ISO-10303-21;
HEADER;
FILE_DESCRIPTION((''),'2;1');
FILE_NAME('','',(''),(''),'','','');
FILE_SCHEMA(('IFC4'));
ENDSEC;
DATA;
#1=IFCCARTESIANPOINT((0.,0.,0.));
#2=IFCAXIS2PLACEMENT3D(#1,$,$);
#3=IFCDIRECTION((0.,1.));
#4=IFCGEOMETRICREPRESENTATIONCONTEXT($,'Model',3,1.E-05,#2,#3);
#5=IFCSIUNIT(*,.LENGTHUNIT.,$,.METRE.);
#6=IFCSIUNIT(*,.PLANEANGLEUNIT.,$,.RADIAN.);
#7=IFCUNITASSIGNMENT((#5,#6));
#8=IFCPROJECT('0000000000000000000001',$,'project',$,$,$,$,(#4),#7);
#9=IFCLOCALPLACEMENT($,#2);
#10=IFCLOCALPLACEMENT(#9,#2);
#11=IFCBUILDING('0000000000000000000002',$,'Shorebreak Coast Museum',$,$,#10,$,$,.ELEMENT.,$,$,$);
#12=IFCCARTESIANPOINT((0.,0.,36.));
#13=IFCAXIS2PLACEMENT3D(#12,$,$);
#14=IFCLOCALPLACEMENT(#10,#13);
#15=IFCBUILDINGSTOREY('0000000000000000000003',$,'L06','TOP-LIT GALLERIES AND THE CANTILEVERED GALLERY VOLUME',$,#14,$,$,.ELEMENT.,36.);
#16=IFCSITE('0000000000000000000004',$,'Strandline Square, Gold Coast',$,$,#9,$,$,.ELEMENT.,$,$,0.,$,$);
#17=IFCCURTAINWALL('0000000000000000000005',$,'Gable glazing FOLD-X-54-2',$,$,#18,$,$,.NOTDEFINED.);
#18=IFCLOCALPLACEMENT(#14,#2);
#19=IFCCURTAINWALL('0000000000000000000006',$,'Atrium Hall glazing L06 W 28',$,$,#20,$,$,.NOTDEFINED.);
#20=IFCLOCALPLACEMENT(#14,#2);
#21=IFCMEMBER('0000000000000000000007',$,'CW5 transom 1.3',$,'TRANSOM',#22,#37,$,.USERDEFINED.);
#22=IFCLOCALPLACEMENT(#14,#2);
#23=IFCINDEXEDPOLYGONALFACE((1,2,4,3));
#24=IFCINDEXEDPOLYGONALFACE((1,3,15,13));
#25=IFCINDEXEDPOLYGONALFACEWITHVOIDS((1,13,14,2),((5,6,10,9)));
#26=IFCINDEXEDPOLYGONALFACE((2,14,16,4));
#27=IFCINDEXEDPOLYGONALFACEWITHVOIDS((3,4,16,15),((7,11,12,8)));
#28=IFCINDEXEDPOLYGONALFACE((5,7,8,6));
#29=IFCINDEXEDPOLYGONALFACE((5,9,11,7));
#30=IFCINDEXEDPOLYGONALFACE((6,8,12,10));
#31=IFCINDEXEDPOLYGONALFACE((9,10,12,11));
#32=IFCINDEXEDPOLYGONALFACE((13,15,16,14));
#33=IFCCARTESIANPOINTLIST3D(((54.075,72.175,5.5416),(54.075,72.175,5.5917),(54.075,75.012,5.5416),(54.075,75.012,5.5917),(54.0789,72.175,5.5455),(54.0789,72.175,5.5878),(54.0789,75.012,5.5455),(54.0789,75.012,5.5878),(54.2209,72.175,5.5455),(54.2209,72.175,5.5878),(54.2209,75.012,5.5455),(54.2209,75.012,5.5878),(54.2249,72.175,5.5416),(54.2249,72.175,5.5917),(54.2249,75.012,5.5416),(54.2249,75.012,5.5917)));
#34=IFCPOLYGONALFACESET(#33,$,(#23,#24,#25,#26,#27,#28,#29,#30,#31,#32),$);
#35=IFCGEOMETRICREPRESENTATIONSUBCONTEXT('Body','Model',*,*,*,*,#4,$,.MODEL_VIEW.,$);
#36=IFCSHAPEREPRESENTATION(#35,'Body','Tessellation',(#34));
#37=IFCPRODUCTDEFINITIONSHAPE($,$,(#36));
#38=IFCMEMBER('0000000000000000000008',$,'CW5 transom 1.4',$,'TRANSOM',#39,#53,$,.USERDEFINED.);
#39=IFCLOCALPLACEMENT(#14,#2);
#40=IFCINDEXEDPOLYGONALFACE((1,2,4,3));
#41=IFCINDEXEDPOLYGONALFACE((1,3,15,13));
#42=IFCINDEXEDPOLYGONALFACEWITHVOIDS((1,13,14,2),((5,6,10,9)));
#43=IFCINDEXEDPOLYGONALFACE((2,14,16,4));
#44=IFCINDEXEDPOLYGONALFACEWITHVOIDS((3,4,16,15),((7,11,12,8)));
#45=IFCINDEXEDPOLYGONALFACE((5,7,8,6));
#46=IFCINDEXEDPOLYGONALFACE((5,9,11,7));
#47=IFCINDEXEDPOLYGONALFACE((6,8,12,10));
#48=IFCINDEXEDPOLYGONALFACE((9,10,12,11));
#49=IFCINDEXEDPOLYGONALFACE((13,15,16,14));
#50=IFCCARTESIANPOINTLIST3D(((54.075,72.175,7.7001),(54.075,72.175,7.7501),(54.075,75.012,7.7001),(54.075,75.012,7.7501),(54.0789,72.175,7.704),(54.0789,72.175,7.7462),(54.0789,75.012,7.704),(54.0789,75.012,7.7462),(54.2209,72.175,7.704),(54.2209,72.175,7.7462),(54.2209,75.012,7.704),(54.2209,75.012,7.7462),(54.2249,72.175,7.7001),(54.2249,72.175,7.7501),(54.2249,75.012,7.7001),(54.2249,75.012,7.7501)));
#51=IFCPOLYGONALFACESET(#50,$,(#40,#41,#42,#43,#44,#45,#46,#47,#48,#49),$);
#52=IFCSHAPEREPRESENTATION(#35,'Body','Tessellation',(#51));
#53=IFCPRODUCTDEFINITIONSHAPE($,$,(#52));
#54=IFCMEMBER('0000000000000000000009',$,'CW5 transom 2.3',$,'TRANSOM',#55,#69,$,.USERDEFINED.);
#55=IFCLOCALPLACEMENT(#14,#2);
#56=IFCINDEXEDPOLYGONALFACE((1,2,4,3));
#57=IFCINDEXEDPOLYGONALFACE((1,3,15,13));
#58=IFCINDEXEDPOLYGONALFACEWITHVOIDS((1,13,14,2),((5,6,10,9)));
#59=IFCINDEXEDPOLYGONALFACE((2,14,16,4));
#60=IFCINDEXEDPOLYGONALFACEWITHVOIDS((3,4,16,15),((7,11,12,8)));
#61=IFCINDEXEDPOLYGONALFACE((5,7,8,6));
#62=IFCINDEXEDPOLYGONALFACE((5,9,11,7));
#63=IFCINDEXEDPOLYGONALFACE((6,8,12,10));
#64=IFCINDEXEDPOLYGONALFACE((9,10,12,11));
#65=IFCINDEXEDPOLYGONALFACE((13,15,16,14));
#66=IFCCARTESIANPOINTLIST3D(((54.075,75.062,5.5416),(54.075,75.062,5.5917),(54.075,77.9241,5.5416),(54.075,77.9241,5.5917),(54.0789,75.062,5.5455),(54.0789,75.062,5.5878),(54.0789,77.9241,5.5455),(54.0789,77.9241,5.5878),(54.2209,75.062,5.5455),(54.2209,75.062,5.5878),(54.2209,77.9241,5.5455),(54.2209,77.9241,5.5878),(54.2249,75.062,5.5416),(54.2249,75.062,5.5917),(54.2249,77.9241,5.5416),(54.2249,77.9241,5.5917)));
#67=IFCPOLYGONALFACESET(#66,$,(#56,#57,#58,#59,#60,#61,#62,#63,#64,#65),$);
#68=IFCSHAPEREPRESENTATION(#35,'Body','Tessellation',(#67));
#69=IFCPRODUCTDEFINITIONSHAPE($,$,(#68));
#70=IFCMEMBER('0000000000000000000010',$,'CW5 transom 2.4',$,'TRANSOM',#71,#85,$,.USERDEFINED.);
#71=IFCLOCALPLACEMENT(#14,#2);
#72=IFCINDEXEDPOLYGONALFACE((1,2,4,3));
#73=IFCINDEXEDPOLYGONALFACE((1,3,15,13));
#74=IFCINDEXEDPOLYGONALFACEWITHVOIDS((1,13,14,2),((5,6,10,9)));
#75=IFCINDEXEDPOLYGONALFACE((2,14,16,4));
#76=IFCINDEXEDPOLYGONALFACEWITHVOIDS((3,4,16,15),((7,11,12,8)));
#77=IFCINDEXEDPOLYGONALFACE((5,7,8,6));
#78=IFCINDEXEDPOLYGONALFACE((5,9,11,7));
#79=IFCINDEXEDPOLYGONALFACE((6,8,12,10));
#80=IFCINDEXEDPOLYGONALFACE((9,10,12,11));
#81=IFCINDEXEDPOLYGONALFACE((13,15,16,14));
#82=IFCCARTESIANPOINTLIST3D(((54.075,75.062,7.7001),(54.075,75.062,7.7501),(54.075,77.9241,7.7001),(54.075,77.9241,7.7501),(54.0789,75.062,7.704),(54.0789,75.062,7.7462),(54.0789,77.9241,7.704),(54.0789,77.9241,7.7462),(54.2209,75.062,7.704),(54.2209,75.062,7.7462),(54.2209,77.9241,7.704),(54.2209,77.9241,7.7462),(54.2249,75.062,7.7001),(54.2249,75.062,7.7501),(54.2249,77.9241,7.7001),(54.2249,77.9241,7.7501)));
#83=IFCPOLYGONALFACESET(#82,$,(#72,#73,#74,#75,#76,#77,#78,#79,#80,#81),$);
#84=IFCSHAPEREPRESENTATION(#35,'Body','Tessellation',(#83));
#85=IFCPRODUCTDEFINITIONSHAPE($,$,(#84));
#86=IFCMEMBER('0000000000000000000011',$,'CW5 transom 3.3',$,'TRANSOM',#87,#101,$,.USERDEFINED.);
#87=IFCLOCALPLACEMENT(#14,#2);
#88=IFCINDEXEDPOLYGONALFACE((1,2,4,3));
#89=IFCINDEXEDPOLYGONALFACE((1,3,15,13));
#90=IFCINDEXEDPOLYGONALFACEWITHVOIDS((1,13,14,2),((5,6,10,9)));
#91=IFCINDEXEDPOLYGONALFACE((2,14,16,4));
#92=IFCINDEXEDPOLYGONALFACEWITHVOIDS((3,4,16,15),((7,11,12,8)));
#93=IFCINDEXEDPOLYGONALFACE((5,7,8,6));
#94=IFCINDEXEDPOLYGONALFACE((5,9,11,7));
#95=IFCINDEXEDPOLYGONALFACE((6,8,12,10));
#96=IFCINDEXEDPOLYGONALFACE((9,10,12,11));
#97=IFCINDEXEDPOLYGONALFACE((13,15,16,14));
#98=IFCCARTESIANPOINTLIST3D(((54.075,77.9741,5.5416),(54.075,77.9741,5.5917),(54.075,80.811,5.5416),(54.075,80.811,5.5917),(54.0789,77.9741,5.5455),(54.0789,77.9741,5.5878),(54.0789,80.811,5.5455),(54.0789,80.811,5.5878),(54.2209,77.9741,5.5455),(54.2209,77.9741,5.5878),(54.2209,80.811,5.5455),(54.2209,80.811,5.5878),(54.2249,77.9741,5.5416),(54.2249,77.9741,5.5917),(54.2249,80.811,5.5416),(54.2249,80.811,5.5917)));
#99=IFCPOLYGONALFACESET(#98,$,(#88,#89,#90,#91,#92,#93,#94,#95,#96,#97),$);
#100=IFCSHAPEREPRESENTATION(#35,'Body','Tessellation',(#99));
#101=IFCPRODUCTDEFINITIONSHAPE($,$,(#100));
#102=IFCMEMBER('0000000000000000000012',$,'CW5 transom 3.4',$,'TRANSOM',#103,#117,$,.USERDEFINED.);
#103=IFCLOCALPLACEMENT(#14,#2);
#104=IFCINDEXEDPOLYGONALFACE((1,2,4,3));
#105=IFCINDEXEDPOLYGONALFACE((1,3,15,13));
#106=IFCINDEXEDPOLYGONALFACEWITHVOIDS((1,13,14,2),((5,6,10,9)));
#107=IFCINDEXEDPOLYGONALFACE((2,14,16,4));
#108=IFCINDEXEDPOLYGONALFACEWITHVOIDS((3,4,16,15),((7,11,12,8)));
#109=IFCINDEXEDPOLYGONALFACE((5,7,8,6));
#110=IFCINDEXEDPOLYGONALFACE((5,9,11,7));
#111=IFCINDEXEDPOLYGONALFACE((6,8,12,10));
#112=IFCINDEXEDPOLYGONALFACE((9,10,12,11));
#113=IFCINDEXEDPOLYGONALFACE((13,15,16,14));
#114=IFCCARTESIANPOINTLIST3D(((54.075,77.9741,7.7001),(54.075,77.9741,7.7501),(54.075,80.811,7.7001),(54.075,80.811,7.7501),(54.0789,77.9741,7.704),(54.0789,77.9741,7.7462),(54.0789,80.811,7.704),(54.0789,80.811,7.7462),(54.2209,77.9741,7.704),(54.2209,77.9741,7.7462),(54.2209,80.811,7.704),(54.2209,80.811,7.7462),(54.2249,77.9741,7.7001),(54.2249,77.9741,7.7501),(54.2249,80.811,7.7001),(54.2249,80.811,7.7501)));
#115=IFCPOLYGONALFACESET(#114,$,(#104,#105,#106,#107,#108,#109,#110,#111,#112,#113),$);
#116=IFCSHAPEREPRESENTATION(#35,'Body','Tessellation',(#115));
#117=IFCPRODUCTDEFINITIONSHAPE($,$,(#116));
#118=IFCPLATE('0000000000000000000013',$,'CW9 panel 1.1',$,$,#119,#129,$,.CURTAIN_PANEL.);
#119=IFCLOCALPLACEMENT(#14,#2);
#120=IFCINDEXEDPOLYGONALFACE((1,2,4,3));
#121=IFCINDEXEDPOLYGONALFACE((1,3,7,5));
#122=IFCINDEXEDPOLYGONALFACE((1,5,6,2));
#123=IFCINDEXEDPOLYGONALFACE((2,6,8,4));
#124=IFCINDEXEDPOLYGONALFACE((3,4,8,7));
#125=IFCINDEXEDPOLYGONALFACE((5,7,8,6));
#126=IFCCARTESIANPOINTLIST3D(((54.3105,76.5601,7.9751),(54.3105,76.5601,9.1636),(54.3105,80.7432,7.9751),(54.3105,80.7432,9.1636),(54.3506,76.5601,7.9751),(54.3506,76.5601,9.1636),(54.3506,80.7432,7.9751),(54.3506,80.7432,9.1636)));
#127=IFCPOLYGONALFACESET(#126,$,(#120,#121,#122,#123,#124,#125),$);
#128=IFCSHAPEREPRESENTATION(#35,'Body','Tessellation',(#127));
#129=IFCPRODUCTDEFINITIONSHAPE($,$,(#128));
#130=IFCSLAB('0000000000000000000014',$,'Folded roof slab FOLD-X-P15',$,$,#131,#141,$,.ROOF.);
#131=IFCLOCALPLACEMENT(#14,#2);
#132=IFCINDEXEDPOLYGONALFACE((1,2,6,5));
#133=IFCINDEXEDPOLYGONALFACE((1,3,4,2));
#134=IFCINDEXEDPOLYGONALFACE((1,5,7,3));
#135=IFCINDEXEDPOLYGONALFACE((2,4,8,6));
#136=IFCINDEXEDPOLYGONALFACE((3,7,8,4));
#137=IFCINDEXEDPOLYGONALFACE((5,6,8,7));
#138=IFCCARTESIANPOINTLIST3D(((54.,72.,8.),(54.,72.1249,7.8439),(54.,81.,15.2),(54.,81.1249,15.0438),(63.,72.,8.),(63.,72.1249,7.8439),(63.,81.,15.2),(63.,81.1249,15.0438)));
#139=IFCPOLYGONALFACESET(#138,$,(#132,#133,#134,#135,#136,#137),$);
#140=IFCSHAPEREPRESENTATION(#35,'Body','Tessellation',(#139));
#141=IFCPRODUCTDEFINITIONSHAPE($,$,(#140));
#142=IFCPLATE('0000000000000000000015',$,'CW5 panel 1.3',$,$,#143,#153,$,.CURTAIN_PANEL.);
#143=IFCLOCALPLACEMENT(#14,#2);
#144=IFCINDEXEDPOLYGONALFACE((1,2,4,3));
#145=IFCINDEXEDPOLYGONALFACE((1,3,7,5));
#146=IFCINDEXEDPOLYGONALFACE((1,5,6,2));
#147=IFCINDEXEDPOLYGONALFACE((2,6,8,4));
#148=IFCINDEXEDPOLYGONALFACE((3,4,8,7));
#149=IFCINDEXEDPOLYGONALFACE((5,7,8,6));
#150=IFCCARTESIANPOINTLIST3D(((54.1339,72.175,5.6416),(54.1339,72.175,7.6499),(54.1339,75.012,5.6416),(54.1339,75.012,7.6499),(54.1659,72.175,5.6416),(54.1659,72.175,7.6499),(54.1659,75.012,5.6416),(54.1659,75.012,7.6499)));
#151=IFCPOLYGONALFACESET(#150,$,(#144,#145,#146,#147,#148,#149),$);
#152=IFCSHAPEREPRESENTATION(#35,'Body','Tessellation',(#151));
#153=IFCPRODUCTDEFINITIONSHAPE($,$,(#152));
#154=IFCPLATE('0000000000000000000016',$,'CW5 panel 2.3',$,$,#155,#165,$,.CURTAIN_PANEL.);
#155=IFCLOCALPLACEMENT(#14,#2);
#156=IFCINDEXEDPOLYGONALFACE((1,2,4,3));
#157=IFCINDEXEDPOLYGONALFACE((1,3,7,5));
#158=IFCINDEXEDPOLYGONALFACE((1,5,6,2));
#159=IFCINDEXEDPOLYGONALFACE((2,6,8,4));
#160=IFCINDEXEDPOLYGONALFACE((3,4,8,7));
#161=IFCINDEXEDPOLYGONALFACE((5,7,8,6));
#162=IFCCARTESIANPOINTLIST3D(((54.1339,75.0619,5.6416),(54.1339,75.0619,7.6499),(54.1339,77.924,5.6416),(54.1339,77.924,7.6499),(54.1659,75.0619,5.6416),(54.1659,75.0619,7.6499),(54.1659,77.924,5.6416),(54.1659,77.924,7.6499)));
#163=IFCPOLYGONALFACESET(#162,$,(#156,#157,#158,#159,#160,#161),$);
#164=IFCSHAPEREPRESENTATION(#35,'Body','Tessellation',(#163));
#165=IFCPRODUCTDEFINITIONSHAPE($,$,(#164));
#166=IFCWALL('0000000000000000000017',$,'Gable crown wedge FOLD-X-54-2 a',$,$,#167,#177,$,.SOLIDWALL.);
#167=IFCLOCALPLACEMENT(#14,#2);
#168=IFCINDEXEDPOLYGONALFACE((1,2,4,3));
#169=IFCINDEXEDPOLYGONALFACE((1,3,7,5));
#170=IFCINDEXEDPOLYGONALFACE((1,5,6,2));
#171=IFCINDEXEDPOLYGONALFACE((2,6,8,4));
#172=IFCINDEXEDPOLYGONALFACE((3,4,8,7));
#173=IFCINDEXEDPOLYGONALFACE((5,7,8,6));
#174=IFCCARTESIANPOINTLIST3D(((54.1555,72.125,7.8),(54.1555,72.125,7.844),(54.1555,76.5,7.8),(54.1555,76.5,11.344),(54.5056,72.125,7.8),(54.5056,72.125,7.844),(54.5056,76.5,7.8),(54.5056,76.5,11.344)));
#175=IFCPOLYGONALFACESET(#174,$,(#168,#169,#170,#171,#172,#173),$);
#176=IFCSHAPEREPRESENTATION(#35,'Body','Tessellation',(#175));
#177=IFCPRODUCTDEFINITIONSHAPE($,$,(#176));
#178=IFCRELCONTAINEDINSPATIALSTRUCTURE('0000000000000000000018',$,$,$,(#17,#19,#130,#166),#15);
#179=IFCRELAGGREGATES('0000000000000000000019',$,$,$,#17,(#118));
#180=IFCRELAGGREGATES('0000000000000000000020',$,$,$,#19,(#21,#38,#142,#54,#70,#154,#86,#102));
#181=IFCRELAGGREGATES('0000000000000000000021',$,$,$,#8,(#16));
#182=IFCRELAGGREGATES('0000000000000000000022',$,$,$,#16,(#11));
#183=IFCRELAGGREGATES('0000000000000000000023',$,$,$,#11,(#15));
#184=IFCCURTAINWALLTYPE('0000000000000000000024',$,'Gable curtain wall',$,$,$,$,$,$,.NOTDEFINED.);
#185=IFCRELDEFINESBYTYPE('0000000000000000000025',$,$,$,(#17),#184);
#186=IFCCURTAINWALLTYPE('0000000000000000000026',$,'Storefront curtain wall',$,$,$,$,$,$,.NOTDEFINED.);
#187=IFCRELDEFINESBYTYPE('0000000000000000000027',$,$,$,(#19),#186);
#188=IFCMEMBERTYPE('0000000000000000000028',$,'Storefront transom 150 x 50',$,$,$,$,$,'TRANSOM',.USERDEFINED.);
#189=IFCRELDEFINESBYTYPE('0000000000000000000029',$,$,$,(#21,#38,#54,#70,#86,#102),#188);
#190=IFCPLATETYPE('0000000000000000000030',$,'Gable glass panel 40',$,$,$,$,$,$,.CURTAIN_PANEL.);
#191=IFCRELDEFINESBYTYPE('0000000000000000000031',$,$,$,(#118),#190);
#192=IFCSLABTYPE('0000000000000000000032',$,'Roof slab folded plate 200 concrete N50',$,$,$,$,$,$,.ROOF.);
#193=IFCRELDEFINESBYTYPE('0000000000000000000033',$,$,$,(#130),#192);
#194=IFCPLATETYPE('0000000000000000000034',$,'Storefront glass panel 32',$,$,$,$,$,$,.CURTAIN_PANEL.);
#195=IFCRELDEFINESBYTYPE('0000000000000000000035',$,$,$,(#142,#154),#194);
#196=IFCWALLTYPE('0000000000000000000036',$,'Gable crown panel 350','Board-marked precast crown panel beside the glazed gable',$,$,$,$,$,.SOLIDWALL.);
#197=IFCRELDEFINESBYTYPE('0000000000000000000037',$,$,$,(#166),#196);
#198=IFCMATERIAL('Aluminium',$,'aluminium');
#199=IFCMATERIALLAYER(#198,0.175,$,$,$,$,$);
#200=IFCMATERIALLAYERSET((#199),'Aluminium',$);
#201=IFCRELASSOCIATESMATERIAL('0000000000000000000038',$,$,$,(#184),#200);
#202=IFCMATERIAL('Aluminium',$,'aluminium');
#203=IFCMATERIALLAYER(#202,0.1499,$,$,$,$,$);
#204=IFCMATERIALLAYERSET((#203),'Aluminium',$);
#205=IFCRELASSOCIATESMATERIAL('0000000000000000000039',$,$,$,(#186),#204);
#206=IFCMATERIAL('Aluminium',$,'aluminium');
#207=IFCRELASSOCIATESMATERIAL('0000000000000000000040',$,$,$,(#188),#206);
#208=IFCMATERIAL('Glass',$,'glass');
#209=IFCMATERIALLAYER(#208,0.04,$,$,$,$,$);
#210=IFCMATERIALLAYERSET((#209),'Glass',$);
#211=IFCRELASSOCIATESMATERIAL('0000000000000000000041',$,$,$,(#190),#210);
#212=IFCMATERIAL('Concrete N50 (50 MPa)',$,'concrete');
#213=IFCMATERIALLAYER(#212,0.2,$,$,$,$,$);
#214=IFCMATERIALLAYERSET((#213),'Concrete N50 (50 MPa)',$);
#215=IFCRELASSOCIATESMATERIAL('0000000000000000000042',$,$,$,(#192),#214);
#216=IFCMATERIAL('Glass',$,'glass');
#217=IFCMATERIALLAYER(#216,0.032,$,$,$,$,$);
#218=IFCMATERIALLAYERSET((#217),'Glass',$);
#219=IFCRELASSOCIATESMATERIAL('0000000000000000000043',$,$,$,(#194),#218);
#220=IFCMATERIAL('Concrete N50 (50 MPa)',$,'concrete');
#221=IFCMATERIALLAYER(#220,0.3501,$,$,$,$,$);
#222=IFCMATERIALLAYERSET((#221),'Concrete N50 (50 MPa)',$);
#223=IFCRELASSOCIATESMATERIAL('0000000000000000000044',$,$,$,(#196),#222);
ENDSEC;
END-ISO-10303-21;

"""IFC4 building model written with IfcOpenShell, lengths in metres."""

from ifc_helpers import new_model, si_unit, direction, frame, origin, origin_2d, place, context, subcontext, project, spatial, polyline, rectangle, hollow_rectangle, outline, extrude, material, layer, layer_set, material_profile, profile_set, type_object, element, aggregate, save


model = new_model("IFC4")

# Units and contexts
model_context = context("Model", 3, precision=1e-05, world=origin(), true_north=direction((0.0, 1.0)))
body_context = subcontext(model_context, "Body", "Model", "MODEL_VIEW")
ifc_project = project(units=[si_unit("LENGTHUNIT", "METRE"), si_unit("PLANEANGLEUNIT", "RADIAN")], contexts=[model_context])

# Site, building, storey
site_placement = place(None, origin())
site = spatial("IfcSite", under=ifc_project, at=site_placement, Name="Strandline Square, Gold Coast", CompositionType="ELEMENT", RefElevation=0.0)
building_placement = place(site_placement, origin())
building = spatial("IfcBuilding", under=site, at=building_placement, Name="Shorebreak Coast Museum", CompositionType="ELEMENT")
storey_placement = place(building_placement, frame((0.0, 0.0, 36.0)))
storey = spatial("IfcBuildingStorey", under=building, at=storey_placement, Name="L06", Description="TOP-LIT GALLERIES AND THE CANTILEVERED GALLERY VOLUME", CompositionType="ELEMENT", Elevation=36.0)

# Curtain walls, members
ifc_material_1 = material(Name="Aluminium", Category="aluminium")
ifc_layer_1 = layer(ifc_material_1, 0.175)
ifc_layer_set_1 = layer_set([ifc_layer_1], Name="Aluminium")
curtain_wall_type_1 = type_object("IfcCurtainWallType", Name="Gable curtain wall", PredefinedType="NOTDEFINED", material=ifc_layer_set_1)
curtain_wall_1_placement = place(storey_placement, origin())
curtain_wall_1 = element("IfcCurtainWall", 1, at=curtain_wall_1_placement, inside=storey, type_object=curtain_wall_type_1, Name="Gable glazing FOLD-X-54-2", PredefinedType="NOTDEFINED")
ifc_material_2 = material(Name="Aluminium", Category="aluminium")
ifc_layer_2 = layer(ifc_material_2, 0.1499)
ifc_layer_set_2 = layer_set([ifc_layer_2], Name="Aluminium")
curtain_wall_type_2 = type_object("IfcCurtainWallType", Name="Storefront curtain wall", PredefinedType="NOTDEFINED", material=ifc_layer_set_2)
curtain_wall_2_placement = place(storey_placement, origin())
curtain_wall_2 = element("IfcCurtainWall", 2, at=curtain_wall_2_placement, inside=storey, type_object=curtain_wall_type_2, Name="Atrium Hall glazing L06 W 28", PredefinedType="NOTDEFINED")
ifc_material_3 = material(Name="Aluminium", Category="aluminium")
ifc_material_profile_1 = material_profile(ifc_material_3, hollow_rectangle(XDim=0.1499, YDim=0.05, WallThickness=0.0039, at=origin_2d()), Name="AL 50x150 RHS")
ifc_profile_set_1 = profile_set([ifc_material_profile_1], Name="Aluminium")
member_type_1 = type_object("IfcMemberType", Name="Storefront transom 150 x 50", ElementType="TRANSOM", PredefinedType="USERDEFINED", material=ifc_profile_set_1)
member_1_placement = place(storey_placement, frame((54.1499, 72.175, 5.5667), z_axis=(0.0, 1.0, 0.0), x_axis=(-1.0, 0.0, 0.0)))
member_1 = element("IfcMember", 3, at=member_1_placement, type_object=member_type_1, Name="CW5 transom 1.3", ObjectType="TRANSOM", PredefinedType="USERDEFINED", context=body_context, shape_type="SweptSolid", body=[
    extrude(hollow_rectangle(XDim=0.1499, YDim=0.05, WallThickness=0.0039, at=origin_2d()), origin(), (0.0, 0.0, 1.0), 2.8369),
])
member_2_placement = place(storey_placement, frame((54.1499, 72.175, 7.7251), z_axis=(0.0, 1.0, 0.0), x_axis=(-1.0, 0.0, 0.0)))
member_2 = element("IfcMember", 4, at=member_2_placement, type_object=member_type_1, Name="CW5 transom 1.4", ObjectType="TRANSOM", PredefinedType="USERDEFINED", context=body_context, shape_type="SweptSolid", body=[
    extrude(hollow_rectangle(XDim=0.1499, YDim=0.05, WallThickness=0.0039, at=origin_2d()), origin(), (0.0, 0.0, 1.0), 2.8369),
])
member_3_placement = place(storey_placement, frame((54.1499, 75.062, 5.5667), z_axis=(0.0, 1.0, 0.0), x_axis=(-1.0, 0.0, 0.0)))
member_3 = element("IfcMember", 5, at=member_3_placement, type_object=member_type_1, Name="CW5 transom 2.3", ObjectType="TRANSOM", PredefinedType="USERDEFINED", context=body_context, shape_type="SweptSolid", body=[
    extrude(hollow_rectangle(XDim=0.1499, YDim=0.05, WallThickness=0.0039, at=origin_2d()), origin(), (0.0, 0.0, 1.0), 2.8621),
])
member_4_placement = place(storey_placement, frame((54.1499, 75.062, 7.7251), z_axis=(0.0, 1.0, 0.0), x_axis=(-1.0, 0.0, 0.0)))
member_4 = element("IfcMember", 6, at=member_4_placement, type_object=member_type_1, Name="CW5 transom 2.4", ObjectType="TRANSOM", PredefinedType="USERDEFINED", context=body_context, shape_type="SweptSolid", body=[
    extrude(hollow_rectangle(XDim=0.1499, YDim=0.05, WallThickness=0.0039, at=origin_2d()), origin(), (0.0, 0.0, 1.0), 2.8621),
])
member_5_placement = place(storey_placement, frame((54.1499, 77.9741, 5.5667), z_axis=(0.0, 1.0, 0.0), x_axis=(-1.0, 0.0, 0.0)))
member_5 = element("IfcMember", 7, at=member_5_placement, type_object=member_type_1, Name="CW5 transom 3.3", ObjectType="TRANSOM", PredefinedType="USERDEFINED", context=body_context, shape_type="SweptSolid", body=[
    extrude(hollow_rectangle(XDim=0.1499, YDim=0.05, WallThickness=0.0039, at=origin_2d()), origin(), (0.0, 0.0, 1.0), 2.8369),
])
member_6_placement = place(storey_placement, frame((54.1499, 77.9741, 7.7251), z_axis=(0.0, 1.0, 0.0), x_axis=(-1.0, 0.0, 0.0)))
member_6 = element("IfcMember", 8, at=member_6_placement, type_object=member_type_1, Name="CW5 transom 3.4", ObjectType="TRANSOM", PredefinedType="USERDEFINED", context=body_context, shape_type="SweptSolid", body=[
    extrude(hollow_rectangle(XDim=0.1499, YDim=0.05, WallThickness=0.0039, at=origin_2d()), origin(), (0.0, 0.0, 1.0), 2.8369),
])

# Plate
ifc_material_4 = material(Name="Glass", Category="glass")
ifc_layer_3 = layer(ifc_material_4, 0.04)
ifc_layer_set_3 = layer_set([ifc_layer_3], Name="Glass")
plate_type_1 = type_object("IfcPlateType", Name="Gable glass panel 40", PredefinedType="CURTAIN_PANEL", material=ifc_layer_set_3)
plate_1_placement = place(storey_placement, frame((54.3306, 78.6516, 7.9751), z_axis=(0.0, 0.0, 1.0), x_axis=(0.0, 1.0, 0.0)))
plate_1 = element("IfcPlate", 9, at=plate_1_placement, type_object=plate_type_1, Name="CW9 panel 1.1", PredefinedType="CURTAIN_PANEL", context=body_context, shape_type="SweptSolid", body=[
    extrude(rectangle(XDim=4.1831, YDim=0.04, at=origin_2d()), origin(), (0.0, 0.0, 1.0), 1.1885),
])
aggregate(curtain_wall_1, [plate_1])

# Slab
ifc_material_5 = material(Name="Concrete N50 (50 MPa)", Category="concrete")
ifc_layer_4 = layer(ifc_material_5, 0.2)
ifc_layer_set_4 = layer_set([ifc_layer_4], Name="Concrete N50 (50 MPa)")
slab_type = type_object("IfcSlabType", Name="Roof slab folded plate 200 concrete N50", PredefinedType="ROOF", material=ifc_layer_set_4)
slab_placement = place(storey_placement, frame((54.0, 72.0, 8.0), z_axis=(0.0, -0.624692, 0.780871), x_axis=(1.0, 0.0, 0.0)))
element("IfcSlab", 10, at=slab_placement, inside=storey, type_object=slab_type, Name="Folded roof slab FOLD-X-P15", PredefinedType="ROOF", context=body_context, shape_type="SweptSolid", body=[
    extrude(outline(polyline([(0.0, 0.0), (9.0, 0.0), (9.0, 11.5256), (0.0, 11.5256), (0.0, 0.0)])), origin(), (0.0, 0.0, -1.0), 0.2),
])

# Plates
ifc_material_6 = material(Name="Glass", Category="glass")
ifc_layer_5 = layer(ifc_material_6, 0.032)
ifc_layer_set_5 = layer_set([ifc_layer_5], Name="Glass")
plate_type_2 = type_object("IfcPlateType", Name="Storefront glass panel 32", PredefinedType="CURTAIN_PANEL", material=ifc_layer_set_5)
plate_2_placement = place(storey_placement, frame((54.1499, 73.5935, 5.6416), z_axis=(0.0, 0.0, 1.0), x_axis=(0.0, 1.0, 0.0)))
plate_2 = element("IfcPlate", 11, at=plate_2_placement, type_object=plate_type_2, Name="CW5 panel 1.3", PredefinedType="CURTAIN_PANEL", context=body_context, shape_type="SweptSolid", body=[
    extrude(rectangle(XDim=2.8369, YDim=0.032, at=origin_2d()), origin(), (0.0, 0.0, 1.0), 2.0083),
])
plate_3_placement = place(storey_placement, frame((54.1499, 76.4929, 5.6416), z_axis=(0.0, 0.0, 1.0), x_axis=(0.0, 1.0, 0.0)))
plate_3 = element("IfcPlate", 12, at=plate_3_placement, type_object=plate_type_2, Name="CW5 panel 2.3", PredefinedType="CURTAIN_PANEL", context=body_context, shape_type="SweptSolid", body=[
    extrude(rectangle(XDim=2.8621, YDim=0.032, at=origin_2d()), origin(), (0.0, 0.0, 1.0), 2.0083),
])
aggregate(curtain_wall_2, [member_1, member_2, plate_2, member_3, member_4, plate_3, member_5, member_6])

# Wall
ifc_material_7 = material(Name="Concrete N50 (50 MPa)", Category="concrete")
ifc_layer_6 = layer(ifc_material_7, 0.3501)
ifc_layer_set_6 = layer_set([ifc_layer_6], Name="Concrete N50 (50 MPa)")
wall_type = type_object("IfcWallType", Name="Gable crown panel 350", Description="Board-marked precast crown panel beside the glazed gable", PredefinedType="SOLIDWALL", material=ifc_layer_set_6)
wall_placement = place(storey_placement, frame((54.3306, 72.125, 7.8), z_axis=(0.0, 0.0, 1.0), x_axis=(0.0, 1.0, 0.0)))
element("IfcWall", 13, at=wall_placement, inside=storey, type_object=wall_type, Name="Gable crown wedge FOLD-X-54-2 a", PredefinedType="SOLIDWALL", context=body_context, shape_type="SweptSolid", body=[
    extrude(outline(polyline([(0.0, 0.0), (4.375, 0.0), (4.375, 3.5439), (0.0, 0.0439), (0.0, 0.0)])), frame((0.0, 0.175, 0.0), z_axis=(0.0, -1.0, 0.0), x_axis=(1.0, 0.0, 0.0)), (0.0, 0.0, 1.0), 0.3501),
])

save(model, "model.ifc")
